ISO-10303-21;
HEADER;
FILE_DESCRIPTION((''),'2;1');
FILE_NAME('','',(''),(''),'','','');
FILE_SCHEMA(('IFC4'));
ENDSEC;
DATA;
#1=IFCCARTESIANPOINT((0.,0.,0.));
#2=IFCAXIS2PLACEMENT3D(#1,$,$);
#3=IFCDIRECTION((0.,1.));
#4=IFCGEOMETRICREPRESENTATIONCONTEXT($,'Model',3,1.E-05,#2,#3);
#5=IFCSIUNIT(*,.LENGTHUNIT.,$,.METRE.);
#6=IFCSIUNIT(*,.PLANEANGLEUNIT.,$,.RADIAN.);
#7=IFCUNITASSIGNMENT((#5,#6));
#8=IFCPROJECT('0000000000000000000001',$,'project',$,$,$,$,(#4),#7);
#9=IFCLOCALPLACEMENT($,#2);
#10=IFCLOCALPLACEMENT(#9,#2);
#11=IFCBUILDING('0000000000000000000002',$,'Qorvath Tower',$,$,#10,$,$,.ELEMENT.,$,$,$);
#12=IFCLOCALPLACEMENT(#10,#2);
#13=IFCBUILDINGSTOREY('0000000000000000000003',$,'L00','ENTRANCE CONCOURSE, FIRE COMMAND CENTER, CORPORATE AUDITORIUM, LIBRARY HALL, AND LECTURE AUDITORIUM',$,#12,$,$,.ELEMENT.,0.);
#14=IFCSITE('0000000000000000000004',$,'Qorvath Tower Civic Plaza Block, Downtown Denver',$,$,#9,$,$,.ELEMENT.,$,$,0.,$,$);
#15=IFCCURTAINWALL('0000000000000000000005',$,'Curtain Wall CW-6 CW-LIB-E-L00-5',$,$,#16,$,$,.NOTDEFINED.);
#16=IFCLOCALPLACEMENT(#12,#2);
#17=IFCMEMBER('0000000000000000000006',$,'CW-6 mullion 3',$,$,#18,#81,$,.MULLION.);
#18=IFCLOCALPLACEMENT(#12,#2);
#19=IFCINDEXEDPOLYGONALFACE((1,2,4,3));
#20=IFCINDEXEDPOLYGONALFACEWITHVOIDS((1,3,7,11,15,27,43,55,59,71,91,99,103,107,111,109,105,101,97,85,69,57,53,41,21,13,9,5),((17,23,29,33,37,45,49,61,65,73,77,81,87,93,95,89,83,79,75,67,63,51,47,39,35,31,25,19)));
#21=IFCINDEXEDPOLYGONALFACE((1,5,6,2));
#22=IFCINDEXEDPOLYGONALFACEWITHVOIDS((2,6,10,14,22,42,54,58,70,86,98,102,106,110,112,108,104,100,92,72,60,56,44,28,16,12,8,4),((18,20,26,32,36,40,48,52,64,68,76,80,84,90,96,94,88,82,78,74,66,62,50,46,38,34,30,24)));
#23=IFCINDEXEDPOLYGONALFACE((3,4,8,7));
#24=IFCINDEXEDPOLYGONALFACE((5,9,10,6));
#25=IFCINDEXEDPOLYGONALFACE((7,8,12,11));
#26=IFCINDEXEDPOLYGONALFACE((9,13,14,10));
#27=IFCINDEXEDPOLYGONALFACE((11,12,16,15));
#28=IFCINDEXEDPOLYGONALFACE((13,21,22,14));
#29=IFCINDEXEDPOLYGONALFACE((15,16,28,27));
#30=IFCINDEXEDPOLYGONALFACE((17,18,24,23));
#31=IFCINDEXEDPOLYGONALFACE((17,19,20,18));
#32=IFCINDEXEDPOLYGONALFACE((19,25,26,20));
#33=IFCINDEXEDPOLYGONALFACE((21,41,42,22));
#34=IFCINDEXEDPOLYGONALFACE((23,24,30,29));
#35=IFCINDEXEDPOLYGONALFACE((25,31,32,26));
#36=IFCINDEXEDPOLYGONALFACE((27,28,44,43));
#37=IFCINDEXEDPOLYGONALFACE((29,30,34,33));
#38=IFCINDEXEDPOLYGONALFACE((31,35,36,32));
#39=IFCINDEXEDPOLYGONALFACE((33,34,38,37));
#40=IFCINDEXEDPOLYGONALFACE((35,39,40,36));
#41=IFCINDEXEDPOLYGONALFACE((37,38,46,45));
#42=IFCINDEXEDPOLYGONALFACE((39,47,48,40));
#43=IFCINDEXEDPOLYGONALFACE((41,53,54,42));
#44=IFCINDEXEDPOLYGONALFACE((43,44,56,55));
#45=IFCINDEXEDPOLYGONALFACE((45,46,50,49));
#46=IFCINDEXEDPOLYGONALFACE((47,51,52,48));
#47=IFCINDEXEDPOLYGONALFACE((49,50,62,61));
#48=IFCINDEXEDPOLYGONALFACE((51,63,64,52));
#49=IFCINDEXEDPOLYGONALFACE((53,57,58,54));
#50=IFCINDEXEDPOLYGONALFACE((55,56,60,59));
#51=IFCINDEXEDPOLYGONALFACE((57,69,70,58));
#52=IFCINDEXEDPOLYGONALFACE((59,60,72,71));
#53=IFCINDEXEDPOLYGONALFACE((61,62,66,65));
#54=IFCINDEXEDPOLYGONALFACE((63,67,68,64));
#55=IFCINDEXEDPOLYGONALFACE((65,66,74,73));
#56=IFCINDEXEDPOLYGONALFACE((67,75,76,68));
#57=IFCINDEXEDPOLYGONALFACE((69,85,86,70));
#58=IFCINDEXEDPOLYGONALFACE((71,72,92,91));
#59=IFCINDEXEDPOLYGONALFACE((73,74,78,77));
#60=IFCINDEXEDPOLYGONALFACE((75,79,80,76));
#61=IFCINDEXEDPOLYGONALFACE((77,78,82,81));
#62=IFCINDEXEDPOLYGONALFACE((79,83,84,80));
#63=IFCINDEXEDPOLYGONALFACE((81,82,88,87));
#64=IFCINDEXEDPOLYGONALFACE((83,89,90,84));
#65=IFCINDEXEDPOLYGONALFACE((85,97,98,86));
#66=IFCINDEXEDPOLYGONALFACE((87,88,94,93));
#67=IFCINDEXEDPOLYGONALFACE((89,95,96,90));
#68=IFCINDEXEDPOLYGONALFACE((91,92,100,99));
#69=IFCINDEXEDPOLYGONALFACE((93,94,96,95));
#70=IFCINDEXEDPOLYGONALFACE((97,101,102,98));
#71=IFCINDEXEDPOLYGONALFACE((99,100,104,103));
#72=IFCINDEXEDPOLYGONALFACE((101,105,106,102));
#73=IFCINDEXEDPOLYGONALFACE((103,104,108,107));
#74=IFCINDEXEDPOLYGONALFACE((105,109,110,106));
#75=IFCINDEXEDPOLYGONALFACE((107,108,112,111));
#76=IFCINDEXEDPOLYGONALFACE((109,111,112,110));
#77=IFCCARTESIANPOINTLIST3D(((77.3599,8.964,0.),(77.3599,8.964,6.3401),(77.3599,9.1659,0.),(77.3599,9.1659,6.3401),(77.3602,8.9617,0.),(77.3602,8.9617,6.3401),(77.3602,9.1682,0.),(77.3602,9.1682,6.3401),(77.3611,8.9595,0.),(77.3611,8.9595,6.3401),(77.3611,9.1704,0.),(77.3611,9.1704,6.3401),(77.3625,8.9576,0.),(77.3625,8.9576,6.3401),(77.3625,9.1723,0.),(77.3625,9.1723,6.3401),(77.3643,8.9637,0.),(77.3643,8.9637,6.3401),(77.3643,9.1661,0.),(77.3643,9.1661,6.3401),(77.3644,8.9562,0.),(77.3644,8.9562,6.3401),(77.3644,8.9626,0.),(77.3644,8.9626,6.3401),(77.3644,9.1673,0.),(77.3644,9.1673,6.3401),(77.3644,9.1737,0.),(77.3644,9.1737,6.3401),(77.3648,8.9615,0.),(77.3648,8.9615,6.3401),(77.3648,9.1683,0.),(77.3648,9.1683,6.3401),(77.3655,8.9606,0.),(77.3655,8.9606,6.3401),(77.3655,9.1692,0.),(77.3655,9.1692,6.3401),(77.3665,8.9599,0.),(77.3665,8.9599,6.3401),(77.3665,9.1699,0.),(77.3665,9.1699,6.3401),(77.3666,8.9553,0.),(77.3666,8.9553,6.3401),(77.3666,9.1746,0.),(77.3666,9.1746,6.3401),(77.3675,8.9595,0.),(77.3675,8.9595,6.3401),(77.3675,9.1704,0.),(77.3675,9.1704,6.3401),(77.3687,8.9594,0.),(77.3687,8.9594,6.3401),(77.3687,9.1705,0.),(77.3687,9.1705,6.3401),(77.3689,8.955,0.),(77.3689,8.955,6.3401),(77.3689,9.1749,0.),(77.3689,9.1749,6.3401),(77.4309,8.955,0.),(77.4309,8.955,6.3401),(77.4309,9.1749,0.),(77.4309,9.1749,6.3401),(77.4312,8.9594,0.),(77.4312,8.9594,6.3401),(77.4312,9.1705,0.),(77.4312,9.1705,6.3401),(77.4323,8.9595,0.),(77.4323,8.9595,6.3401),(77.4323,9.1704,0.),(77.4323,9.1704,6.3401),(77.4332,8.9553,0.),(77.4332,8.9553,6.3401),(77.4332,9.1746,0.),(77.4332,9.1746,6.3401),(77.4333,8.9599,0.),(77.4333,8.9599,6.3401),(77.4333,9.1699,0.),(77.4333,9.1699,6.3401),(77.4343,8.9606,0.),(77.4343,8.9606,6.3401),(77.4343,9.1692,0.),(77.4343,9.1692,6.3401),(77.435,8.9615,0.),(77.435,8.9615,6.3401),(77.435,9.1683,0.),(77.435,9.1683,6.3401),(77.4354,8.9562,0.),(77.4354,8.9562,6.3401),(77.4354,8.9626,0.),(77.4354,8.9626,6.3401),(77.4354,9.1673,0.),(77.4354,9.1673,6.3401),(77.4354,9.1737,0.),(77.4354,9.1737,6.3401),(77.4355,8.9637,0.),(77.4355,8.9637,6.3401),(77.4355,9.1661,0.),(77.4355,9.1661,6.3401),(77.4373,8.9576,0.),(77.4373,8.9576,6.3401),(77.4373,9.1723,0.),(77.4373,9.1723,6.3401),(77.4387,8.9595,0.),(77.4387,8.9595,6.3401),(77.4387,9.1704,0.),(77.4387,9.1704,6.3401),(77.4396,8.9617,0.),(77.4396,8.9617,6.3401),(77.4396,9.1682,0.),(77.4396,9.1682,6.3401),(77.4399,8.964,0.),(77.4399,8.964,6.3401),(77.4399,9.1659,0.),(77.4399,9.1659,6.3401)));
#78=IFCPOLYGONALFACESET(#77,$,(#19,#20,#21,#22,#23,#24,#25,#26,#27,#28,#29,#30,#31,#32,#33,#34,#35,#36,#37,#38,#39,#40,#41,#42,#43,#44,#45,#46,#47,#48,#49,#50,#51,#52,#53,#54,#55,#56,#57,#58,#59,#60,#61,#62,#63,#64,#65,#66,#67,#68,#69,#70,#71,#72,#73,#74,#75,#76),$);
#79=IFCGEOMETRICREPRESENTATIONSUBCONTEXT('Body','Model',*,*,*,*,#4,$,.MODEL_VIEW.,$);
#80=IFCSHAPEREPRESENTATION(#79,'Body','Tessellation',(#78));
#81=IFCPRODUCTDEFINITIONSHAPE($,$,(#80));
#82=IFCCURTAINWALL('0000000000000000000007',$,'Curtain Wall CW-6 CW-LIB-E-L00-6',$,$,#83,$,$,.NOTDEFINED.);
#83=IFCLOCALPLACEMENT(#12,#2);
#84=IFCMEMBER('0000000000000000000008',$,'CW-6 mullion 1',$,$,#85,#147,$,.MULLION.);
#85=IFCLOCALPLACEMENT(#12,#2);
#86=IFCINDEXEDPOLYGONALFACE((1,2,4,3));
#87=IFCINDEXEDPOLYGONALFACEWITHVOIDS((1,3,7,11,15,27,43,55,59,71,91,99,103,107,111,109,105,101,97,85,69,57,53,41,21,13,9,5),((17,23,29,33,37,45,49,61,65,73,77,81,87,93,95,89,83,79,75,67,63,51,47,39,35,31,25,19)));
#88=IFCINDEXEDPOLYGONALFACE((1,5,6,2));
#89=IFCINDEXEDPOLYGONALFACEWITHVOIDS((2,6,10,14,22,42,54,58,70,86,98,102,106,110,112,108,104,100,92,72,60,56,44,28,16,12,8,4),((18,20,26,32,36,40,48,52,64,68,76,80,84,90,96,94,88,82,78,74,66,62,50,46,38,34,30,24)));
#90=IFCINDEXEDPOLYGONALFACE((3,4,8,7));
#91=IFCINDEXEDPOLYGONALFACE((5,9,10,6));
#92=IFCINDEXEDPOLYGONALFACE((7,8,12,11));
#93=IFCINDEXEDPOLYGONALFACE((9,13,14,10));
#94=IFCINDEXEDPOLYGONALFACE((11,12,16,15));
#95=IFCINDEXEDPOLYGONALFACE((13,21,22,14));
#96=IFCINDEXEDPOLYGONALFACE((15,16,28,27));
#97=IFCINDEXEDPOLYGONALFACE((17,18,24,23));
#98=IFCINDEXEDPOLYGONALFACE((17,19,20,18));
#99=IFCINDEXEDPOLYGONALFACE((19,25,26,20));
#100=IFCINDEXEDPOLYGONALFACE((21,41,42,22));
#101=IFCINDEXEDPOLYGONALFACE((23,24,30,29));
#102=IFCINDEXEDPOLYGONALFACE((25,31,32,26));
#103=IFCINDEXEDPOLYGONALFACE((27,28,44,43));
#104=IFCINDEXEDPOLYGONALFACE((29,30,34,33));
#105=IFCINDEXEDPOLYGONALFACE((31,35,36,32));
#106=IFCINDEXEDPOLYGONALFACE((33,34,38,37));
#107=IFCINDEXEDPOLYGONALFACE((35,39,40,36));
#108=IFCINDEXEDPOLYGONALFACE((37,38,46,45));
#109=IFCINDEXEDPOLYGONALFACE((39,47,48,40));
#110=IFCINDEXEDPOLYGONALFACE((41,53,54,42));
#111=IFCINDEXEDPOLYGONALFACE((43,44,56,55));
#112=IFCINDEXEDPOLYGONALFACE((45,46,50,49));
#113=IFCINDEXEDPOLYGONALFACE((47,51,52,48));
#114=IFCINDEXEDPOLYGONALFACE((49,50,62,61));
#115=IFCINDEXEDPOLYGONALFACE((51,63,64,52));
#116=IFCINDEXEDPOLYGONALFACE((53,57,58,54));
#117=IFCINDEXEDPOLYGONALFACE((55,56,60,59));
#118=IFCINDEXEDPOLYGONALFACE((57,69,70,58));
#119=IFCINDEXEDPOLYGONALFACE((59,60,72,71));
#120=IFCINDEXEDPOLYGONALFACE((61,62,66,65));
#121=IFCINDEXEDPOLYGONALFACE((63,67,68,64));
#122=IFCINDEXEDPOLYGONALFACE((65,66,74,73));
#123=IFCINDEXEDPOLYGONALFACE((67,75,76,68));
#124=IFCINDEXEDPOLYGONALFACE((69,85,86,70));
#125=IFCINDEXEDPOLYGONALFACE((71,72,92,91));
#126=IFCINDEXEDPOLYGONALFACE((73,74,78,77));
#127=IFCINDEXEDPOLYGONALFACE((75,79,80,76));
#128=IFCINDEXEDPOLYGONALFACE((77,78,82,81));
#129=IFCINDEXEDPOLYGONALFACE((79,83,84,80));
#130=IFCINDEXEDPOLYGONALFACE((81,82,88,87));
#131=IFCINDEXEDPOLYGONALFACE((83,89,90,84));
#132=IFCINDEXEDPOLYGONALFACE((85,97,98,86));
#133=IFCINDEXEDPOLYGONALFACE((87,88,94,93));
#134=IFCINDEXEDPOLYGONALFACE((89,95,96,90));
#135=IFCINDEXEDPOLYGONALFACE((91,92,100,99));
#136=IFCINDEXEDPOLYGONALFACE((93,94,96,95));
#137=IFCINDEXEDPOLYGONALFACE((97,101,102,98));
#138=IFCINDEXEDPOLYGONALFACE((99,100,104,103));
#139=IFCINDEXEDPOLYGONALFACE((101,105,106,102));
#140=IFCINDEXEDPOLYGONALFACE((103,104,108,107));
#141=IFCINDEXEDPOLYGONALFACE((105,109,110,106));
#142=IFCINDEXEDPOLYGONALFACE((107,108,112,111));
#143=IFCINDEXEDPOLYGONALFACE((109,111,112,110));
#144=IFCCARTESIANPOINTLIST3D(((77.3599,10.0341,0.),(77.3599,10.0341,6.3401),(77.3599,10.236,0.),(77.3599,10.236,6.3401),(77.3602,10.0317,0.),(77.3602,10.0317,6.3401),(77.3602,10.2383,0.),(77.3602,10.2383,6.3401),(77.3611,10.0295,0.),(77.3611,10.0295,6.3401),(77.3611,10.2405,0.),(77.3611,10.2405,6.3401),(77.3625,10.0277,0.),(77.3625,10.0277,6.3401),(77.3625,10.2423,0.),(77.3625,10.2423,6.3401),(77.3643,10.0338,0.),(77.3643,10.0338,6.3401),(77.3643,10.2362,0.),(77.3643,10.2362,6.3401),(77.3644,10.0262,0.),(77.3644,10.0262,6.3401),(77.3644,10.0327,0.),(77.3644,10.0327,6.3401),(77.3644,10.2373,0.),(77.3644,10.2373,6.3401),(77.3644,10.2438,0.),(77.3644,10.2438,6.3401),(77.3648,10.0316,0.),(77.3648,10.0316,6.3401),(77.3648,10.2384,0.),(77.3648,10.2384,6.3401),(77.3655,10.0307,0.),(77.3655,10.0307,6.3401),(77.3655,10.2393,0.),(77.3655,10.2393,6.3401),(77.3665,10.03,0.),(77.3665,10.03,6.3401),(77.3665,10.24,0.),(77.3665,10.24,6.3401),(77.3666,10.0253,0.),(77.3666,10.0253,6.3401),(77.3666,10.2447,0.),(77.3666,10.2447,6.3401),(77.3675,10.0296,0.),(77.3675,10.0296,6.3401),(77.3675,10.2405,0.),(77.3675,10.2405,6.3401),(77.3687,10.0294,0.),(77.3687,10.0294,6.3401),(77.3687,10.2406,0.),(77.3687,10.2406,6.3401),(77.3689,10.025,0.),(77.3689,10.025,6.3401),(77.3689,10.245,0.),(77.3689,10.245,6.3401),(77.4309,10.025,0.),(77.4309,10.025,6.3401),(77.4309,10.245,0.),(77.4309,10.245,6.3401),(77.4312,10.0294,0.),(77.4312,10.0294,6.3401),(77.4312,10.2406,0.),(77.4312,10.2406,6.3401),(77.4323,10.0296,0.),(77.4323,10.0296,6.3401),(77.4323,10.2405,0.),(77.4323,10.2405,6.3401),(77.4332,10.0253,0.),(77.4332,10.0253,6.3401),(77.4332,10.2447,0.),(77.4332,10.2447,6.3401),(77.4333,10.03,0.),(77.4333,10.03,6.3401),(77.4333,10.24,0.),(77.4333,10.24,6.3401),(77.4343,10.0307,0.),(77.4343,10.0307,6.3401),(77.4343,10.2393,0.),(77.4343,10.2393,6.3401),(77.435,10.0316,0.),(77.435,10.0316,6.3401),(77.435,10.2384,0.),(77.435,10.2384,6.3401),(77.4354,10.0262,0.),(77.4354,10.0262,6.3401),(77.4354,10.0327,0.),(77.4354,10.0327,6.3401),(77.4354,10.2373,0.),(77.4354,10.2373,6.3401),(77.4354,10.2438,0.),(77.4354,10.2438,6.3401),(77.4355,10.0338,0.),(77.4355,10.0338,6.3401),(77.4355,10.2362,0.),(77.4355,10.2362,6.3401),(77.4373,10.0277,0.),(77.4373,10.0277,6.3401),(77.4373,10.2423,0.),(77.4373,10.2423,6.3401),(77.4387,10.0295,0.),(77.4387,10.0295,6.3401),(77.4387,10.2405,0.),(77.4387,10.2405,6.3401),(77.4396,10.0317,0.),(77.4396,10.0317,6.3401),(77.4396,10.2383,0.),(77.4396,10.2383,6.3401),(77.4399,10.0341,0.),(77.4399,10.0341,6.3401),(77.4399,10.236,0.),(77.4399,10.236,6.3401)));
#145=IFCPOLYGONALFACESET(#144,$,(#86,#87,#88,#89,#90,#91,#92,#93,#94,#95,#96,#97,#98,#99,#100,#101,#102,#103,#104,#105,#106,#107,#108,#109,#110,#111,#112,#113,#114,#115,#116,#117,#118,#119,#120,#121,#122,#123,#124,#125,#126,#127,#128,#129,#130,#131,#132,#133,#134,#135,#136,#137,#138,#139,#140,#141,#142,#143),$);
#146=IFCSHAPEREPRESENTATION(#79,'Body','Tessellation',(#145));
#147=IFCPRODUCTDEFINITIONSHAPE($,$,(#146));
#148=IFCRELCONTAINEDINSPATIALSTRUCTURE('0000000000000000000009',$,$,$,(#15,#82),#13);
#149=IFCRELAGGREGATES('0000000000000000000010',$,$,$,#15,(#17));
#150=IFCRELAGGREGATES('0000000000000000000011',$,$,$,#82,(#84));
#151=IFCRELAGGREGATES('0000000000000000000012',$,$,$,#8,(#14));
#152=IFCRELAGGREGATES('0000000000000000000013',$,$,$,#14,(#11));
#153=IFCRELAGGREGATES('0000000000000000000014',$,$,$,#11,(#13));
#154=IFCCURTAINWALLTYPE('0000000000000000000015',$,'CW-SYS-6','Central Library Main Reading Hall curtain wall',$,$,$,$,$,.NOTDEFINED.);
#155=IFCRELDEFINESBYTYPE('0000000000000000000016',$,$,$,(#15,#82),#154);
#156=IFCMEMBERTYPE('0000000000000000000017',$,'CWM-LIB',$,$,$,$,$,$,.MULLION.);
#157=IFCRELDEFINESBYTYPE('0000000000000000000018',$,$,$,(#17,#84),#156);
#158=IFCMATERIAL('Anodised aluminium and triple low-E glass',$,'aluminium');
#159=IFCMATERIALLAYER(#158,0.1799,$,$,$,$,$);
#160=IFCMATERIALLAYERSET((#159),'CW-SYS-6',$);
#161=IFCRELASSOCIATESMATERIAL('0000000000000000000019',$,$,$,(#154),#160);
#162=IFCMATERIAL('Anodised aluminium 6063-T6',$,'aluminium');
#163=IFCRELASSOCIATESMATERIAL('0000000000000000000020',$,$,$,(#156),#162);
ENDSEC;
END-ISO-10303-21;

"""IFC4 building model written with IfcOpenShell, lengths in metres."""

from ifc_helpers import new_model, si_unit, direction, frame, origin, origin_2d, place, context, subcontext, project, spatial, hollow_rectangle, extrude, material, layer, layer_set, material_profile, profile_set, type_object, element, aggregate, save


model = new_model("IFC4")

# Units and contexts
model_context = context("Model", 3, precision=1e-05, world=origin(), true_north=direction((0.0, 1.0)))
body_context = subcontext(model_context, "Body", "Model", "MODEL_VIEW")
ifc_project = project(units=[si_unit("LENGTHUNIT", "METRE"), si_unit("PLANEANGLEUNIT", "RADIAN")], contexts=[model_context])

# Site, building, storey
site_placement = place(None, origin())
site = spatial("IfcSite", under=ifc_project, at=site_placement, Name="Qorvath Tower Civic Plaza Block, Downtown Denver", CompositionType="ELEMENT", RefElevation=0.0)
building_placement = place(site_placement, origin())
building = spatial("IfcBuilding", under=site, at=building_placement, Name="Qorvath Tower", CompositionType="ELEMENT")
storey_placement = place(building_placement, origin())
storey = spatial("IfcBuildingStorey", under=building, at=storey_placement, Name="L00", Description="ENTRANCE CONCOURSE, FIRE COMMAND CENTER, CORPORATE AUDITORIUM, LIBRARY HALL, AND LECTURE AUDITORIUM", CompositionType="ELEMENT", Elevation=0.0)

# Curtain walls, members
ifc_material_1 = material(Name="Anodised aluminium and triple low-E glass", Category="aluminium")
ifc_layer_1 = layer(ifc_material_1, 0.1799)
ifc_layer_set_1 = layer_set([ifc_layer_1], Name="CW-SYS-6")
curtain_wall_type = type_object("IfcCurtainWallType", Name="CW-SYS-6", Description="Central Library Main Reading Hall curtain wall", PredefinedType="NOTDEFINED", material=ifc_layer_set_1)
curtain_wall_1_placement = place(storey_placement, origin())
curtain_wall_1 = element("IfcCurtainWall", 1, at=curtain_wall_1_placement, inside=storey, type_object=curtain_wall_type, Name="Curtain Wall CW-6 CW-LIB-E-L00-5", PredefinedType="NOTDEFINED")
ifc_material_2 = material(Name="Anodised aluminium 6063-T6", Category="aluminium")
ifc_material_profile_1 = material_profile(ifc_material_2, hollow_rectangle(XDim=0.0801, YDim=0.22, WallThickness=0.0044, InnerFilletRadius=0.0044, OuterFilletRadius=0.009, at=origin_2d()), Name="CWM LIB 220x80")
ifc_profile_set_1 = profile_set([ifc_material_profile_1], Name="Anodised aluminium 6063-T6")
member_type_1 = type_object("IfcMemberType", Name="CWM-LIB", PredefinedType="MULLION", material=ifc_profile_set_1)
member_1_placement = place(storey_placement, frame((77.3999, 9.0649, 0.0), z_axis=(0.0, 0.0, 1.0), x_axis=(-1.0, 0.0, 0.0)))
member_1 = element("IfcMember", 2, at=member_1_placement, type_object=member_type_1, Name="CW-6 mullion 3", PredefinedType="MULLION", context=body_context, shape_type="SweptSolid", body=[
    extrude(hollow_rectangle(XDim=0.0801, YDim=0.22, WallThickness=0.0044, InnerFilletRadius=0.0044, OuterFilletRadius=0.009, at=origin_2d()), origin(), (0.0, 0.0, 1.0), 6.3401),
])
curtain_wall_2_placement = place(storey_placement, origin())
curtain_wall_2 = element("IfcCurtainWall", 3, at=curtain_wall_2_placement, inside=storey, type_object=curtain_wall_type, Name="Curtain Wall CW-6 CW-LIB-E-L00-6", PredefinedType="NOTDEFINED")
member_2_placement = place(storey_placement, frame((77.3999, 10.135, 0.0), z_axis=(0.0, 0.0, 1.0), x_axis=(-1.0, 0.0, 0.0)))
member_2 = element("IfcMember", 4, at=member_2_placement, type_object=member_type_1, Name="CW-6 mullion 1", PredefinedType="MULLION", context=body_context, shape_type="SweptSolid", body=[
    extrude(hollow_rectangle(XDim=0.0801, YDim=0.22, WallThickness=0.0044, InnerFilletRadius=0.0044, OuterFilletRadius=0.009, at=origin_2d()), origin(), (0.0, 0.0, 1.0), 6.3401),
])

aggregate(curtain_wall_1, [member_1])
aggregate(curtain_wall_2, [member_2])

save(model, "model.ifc")
